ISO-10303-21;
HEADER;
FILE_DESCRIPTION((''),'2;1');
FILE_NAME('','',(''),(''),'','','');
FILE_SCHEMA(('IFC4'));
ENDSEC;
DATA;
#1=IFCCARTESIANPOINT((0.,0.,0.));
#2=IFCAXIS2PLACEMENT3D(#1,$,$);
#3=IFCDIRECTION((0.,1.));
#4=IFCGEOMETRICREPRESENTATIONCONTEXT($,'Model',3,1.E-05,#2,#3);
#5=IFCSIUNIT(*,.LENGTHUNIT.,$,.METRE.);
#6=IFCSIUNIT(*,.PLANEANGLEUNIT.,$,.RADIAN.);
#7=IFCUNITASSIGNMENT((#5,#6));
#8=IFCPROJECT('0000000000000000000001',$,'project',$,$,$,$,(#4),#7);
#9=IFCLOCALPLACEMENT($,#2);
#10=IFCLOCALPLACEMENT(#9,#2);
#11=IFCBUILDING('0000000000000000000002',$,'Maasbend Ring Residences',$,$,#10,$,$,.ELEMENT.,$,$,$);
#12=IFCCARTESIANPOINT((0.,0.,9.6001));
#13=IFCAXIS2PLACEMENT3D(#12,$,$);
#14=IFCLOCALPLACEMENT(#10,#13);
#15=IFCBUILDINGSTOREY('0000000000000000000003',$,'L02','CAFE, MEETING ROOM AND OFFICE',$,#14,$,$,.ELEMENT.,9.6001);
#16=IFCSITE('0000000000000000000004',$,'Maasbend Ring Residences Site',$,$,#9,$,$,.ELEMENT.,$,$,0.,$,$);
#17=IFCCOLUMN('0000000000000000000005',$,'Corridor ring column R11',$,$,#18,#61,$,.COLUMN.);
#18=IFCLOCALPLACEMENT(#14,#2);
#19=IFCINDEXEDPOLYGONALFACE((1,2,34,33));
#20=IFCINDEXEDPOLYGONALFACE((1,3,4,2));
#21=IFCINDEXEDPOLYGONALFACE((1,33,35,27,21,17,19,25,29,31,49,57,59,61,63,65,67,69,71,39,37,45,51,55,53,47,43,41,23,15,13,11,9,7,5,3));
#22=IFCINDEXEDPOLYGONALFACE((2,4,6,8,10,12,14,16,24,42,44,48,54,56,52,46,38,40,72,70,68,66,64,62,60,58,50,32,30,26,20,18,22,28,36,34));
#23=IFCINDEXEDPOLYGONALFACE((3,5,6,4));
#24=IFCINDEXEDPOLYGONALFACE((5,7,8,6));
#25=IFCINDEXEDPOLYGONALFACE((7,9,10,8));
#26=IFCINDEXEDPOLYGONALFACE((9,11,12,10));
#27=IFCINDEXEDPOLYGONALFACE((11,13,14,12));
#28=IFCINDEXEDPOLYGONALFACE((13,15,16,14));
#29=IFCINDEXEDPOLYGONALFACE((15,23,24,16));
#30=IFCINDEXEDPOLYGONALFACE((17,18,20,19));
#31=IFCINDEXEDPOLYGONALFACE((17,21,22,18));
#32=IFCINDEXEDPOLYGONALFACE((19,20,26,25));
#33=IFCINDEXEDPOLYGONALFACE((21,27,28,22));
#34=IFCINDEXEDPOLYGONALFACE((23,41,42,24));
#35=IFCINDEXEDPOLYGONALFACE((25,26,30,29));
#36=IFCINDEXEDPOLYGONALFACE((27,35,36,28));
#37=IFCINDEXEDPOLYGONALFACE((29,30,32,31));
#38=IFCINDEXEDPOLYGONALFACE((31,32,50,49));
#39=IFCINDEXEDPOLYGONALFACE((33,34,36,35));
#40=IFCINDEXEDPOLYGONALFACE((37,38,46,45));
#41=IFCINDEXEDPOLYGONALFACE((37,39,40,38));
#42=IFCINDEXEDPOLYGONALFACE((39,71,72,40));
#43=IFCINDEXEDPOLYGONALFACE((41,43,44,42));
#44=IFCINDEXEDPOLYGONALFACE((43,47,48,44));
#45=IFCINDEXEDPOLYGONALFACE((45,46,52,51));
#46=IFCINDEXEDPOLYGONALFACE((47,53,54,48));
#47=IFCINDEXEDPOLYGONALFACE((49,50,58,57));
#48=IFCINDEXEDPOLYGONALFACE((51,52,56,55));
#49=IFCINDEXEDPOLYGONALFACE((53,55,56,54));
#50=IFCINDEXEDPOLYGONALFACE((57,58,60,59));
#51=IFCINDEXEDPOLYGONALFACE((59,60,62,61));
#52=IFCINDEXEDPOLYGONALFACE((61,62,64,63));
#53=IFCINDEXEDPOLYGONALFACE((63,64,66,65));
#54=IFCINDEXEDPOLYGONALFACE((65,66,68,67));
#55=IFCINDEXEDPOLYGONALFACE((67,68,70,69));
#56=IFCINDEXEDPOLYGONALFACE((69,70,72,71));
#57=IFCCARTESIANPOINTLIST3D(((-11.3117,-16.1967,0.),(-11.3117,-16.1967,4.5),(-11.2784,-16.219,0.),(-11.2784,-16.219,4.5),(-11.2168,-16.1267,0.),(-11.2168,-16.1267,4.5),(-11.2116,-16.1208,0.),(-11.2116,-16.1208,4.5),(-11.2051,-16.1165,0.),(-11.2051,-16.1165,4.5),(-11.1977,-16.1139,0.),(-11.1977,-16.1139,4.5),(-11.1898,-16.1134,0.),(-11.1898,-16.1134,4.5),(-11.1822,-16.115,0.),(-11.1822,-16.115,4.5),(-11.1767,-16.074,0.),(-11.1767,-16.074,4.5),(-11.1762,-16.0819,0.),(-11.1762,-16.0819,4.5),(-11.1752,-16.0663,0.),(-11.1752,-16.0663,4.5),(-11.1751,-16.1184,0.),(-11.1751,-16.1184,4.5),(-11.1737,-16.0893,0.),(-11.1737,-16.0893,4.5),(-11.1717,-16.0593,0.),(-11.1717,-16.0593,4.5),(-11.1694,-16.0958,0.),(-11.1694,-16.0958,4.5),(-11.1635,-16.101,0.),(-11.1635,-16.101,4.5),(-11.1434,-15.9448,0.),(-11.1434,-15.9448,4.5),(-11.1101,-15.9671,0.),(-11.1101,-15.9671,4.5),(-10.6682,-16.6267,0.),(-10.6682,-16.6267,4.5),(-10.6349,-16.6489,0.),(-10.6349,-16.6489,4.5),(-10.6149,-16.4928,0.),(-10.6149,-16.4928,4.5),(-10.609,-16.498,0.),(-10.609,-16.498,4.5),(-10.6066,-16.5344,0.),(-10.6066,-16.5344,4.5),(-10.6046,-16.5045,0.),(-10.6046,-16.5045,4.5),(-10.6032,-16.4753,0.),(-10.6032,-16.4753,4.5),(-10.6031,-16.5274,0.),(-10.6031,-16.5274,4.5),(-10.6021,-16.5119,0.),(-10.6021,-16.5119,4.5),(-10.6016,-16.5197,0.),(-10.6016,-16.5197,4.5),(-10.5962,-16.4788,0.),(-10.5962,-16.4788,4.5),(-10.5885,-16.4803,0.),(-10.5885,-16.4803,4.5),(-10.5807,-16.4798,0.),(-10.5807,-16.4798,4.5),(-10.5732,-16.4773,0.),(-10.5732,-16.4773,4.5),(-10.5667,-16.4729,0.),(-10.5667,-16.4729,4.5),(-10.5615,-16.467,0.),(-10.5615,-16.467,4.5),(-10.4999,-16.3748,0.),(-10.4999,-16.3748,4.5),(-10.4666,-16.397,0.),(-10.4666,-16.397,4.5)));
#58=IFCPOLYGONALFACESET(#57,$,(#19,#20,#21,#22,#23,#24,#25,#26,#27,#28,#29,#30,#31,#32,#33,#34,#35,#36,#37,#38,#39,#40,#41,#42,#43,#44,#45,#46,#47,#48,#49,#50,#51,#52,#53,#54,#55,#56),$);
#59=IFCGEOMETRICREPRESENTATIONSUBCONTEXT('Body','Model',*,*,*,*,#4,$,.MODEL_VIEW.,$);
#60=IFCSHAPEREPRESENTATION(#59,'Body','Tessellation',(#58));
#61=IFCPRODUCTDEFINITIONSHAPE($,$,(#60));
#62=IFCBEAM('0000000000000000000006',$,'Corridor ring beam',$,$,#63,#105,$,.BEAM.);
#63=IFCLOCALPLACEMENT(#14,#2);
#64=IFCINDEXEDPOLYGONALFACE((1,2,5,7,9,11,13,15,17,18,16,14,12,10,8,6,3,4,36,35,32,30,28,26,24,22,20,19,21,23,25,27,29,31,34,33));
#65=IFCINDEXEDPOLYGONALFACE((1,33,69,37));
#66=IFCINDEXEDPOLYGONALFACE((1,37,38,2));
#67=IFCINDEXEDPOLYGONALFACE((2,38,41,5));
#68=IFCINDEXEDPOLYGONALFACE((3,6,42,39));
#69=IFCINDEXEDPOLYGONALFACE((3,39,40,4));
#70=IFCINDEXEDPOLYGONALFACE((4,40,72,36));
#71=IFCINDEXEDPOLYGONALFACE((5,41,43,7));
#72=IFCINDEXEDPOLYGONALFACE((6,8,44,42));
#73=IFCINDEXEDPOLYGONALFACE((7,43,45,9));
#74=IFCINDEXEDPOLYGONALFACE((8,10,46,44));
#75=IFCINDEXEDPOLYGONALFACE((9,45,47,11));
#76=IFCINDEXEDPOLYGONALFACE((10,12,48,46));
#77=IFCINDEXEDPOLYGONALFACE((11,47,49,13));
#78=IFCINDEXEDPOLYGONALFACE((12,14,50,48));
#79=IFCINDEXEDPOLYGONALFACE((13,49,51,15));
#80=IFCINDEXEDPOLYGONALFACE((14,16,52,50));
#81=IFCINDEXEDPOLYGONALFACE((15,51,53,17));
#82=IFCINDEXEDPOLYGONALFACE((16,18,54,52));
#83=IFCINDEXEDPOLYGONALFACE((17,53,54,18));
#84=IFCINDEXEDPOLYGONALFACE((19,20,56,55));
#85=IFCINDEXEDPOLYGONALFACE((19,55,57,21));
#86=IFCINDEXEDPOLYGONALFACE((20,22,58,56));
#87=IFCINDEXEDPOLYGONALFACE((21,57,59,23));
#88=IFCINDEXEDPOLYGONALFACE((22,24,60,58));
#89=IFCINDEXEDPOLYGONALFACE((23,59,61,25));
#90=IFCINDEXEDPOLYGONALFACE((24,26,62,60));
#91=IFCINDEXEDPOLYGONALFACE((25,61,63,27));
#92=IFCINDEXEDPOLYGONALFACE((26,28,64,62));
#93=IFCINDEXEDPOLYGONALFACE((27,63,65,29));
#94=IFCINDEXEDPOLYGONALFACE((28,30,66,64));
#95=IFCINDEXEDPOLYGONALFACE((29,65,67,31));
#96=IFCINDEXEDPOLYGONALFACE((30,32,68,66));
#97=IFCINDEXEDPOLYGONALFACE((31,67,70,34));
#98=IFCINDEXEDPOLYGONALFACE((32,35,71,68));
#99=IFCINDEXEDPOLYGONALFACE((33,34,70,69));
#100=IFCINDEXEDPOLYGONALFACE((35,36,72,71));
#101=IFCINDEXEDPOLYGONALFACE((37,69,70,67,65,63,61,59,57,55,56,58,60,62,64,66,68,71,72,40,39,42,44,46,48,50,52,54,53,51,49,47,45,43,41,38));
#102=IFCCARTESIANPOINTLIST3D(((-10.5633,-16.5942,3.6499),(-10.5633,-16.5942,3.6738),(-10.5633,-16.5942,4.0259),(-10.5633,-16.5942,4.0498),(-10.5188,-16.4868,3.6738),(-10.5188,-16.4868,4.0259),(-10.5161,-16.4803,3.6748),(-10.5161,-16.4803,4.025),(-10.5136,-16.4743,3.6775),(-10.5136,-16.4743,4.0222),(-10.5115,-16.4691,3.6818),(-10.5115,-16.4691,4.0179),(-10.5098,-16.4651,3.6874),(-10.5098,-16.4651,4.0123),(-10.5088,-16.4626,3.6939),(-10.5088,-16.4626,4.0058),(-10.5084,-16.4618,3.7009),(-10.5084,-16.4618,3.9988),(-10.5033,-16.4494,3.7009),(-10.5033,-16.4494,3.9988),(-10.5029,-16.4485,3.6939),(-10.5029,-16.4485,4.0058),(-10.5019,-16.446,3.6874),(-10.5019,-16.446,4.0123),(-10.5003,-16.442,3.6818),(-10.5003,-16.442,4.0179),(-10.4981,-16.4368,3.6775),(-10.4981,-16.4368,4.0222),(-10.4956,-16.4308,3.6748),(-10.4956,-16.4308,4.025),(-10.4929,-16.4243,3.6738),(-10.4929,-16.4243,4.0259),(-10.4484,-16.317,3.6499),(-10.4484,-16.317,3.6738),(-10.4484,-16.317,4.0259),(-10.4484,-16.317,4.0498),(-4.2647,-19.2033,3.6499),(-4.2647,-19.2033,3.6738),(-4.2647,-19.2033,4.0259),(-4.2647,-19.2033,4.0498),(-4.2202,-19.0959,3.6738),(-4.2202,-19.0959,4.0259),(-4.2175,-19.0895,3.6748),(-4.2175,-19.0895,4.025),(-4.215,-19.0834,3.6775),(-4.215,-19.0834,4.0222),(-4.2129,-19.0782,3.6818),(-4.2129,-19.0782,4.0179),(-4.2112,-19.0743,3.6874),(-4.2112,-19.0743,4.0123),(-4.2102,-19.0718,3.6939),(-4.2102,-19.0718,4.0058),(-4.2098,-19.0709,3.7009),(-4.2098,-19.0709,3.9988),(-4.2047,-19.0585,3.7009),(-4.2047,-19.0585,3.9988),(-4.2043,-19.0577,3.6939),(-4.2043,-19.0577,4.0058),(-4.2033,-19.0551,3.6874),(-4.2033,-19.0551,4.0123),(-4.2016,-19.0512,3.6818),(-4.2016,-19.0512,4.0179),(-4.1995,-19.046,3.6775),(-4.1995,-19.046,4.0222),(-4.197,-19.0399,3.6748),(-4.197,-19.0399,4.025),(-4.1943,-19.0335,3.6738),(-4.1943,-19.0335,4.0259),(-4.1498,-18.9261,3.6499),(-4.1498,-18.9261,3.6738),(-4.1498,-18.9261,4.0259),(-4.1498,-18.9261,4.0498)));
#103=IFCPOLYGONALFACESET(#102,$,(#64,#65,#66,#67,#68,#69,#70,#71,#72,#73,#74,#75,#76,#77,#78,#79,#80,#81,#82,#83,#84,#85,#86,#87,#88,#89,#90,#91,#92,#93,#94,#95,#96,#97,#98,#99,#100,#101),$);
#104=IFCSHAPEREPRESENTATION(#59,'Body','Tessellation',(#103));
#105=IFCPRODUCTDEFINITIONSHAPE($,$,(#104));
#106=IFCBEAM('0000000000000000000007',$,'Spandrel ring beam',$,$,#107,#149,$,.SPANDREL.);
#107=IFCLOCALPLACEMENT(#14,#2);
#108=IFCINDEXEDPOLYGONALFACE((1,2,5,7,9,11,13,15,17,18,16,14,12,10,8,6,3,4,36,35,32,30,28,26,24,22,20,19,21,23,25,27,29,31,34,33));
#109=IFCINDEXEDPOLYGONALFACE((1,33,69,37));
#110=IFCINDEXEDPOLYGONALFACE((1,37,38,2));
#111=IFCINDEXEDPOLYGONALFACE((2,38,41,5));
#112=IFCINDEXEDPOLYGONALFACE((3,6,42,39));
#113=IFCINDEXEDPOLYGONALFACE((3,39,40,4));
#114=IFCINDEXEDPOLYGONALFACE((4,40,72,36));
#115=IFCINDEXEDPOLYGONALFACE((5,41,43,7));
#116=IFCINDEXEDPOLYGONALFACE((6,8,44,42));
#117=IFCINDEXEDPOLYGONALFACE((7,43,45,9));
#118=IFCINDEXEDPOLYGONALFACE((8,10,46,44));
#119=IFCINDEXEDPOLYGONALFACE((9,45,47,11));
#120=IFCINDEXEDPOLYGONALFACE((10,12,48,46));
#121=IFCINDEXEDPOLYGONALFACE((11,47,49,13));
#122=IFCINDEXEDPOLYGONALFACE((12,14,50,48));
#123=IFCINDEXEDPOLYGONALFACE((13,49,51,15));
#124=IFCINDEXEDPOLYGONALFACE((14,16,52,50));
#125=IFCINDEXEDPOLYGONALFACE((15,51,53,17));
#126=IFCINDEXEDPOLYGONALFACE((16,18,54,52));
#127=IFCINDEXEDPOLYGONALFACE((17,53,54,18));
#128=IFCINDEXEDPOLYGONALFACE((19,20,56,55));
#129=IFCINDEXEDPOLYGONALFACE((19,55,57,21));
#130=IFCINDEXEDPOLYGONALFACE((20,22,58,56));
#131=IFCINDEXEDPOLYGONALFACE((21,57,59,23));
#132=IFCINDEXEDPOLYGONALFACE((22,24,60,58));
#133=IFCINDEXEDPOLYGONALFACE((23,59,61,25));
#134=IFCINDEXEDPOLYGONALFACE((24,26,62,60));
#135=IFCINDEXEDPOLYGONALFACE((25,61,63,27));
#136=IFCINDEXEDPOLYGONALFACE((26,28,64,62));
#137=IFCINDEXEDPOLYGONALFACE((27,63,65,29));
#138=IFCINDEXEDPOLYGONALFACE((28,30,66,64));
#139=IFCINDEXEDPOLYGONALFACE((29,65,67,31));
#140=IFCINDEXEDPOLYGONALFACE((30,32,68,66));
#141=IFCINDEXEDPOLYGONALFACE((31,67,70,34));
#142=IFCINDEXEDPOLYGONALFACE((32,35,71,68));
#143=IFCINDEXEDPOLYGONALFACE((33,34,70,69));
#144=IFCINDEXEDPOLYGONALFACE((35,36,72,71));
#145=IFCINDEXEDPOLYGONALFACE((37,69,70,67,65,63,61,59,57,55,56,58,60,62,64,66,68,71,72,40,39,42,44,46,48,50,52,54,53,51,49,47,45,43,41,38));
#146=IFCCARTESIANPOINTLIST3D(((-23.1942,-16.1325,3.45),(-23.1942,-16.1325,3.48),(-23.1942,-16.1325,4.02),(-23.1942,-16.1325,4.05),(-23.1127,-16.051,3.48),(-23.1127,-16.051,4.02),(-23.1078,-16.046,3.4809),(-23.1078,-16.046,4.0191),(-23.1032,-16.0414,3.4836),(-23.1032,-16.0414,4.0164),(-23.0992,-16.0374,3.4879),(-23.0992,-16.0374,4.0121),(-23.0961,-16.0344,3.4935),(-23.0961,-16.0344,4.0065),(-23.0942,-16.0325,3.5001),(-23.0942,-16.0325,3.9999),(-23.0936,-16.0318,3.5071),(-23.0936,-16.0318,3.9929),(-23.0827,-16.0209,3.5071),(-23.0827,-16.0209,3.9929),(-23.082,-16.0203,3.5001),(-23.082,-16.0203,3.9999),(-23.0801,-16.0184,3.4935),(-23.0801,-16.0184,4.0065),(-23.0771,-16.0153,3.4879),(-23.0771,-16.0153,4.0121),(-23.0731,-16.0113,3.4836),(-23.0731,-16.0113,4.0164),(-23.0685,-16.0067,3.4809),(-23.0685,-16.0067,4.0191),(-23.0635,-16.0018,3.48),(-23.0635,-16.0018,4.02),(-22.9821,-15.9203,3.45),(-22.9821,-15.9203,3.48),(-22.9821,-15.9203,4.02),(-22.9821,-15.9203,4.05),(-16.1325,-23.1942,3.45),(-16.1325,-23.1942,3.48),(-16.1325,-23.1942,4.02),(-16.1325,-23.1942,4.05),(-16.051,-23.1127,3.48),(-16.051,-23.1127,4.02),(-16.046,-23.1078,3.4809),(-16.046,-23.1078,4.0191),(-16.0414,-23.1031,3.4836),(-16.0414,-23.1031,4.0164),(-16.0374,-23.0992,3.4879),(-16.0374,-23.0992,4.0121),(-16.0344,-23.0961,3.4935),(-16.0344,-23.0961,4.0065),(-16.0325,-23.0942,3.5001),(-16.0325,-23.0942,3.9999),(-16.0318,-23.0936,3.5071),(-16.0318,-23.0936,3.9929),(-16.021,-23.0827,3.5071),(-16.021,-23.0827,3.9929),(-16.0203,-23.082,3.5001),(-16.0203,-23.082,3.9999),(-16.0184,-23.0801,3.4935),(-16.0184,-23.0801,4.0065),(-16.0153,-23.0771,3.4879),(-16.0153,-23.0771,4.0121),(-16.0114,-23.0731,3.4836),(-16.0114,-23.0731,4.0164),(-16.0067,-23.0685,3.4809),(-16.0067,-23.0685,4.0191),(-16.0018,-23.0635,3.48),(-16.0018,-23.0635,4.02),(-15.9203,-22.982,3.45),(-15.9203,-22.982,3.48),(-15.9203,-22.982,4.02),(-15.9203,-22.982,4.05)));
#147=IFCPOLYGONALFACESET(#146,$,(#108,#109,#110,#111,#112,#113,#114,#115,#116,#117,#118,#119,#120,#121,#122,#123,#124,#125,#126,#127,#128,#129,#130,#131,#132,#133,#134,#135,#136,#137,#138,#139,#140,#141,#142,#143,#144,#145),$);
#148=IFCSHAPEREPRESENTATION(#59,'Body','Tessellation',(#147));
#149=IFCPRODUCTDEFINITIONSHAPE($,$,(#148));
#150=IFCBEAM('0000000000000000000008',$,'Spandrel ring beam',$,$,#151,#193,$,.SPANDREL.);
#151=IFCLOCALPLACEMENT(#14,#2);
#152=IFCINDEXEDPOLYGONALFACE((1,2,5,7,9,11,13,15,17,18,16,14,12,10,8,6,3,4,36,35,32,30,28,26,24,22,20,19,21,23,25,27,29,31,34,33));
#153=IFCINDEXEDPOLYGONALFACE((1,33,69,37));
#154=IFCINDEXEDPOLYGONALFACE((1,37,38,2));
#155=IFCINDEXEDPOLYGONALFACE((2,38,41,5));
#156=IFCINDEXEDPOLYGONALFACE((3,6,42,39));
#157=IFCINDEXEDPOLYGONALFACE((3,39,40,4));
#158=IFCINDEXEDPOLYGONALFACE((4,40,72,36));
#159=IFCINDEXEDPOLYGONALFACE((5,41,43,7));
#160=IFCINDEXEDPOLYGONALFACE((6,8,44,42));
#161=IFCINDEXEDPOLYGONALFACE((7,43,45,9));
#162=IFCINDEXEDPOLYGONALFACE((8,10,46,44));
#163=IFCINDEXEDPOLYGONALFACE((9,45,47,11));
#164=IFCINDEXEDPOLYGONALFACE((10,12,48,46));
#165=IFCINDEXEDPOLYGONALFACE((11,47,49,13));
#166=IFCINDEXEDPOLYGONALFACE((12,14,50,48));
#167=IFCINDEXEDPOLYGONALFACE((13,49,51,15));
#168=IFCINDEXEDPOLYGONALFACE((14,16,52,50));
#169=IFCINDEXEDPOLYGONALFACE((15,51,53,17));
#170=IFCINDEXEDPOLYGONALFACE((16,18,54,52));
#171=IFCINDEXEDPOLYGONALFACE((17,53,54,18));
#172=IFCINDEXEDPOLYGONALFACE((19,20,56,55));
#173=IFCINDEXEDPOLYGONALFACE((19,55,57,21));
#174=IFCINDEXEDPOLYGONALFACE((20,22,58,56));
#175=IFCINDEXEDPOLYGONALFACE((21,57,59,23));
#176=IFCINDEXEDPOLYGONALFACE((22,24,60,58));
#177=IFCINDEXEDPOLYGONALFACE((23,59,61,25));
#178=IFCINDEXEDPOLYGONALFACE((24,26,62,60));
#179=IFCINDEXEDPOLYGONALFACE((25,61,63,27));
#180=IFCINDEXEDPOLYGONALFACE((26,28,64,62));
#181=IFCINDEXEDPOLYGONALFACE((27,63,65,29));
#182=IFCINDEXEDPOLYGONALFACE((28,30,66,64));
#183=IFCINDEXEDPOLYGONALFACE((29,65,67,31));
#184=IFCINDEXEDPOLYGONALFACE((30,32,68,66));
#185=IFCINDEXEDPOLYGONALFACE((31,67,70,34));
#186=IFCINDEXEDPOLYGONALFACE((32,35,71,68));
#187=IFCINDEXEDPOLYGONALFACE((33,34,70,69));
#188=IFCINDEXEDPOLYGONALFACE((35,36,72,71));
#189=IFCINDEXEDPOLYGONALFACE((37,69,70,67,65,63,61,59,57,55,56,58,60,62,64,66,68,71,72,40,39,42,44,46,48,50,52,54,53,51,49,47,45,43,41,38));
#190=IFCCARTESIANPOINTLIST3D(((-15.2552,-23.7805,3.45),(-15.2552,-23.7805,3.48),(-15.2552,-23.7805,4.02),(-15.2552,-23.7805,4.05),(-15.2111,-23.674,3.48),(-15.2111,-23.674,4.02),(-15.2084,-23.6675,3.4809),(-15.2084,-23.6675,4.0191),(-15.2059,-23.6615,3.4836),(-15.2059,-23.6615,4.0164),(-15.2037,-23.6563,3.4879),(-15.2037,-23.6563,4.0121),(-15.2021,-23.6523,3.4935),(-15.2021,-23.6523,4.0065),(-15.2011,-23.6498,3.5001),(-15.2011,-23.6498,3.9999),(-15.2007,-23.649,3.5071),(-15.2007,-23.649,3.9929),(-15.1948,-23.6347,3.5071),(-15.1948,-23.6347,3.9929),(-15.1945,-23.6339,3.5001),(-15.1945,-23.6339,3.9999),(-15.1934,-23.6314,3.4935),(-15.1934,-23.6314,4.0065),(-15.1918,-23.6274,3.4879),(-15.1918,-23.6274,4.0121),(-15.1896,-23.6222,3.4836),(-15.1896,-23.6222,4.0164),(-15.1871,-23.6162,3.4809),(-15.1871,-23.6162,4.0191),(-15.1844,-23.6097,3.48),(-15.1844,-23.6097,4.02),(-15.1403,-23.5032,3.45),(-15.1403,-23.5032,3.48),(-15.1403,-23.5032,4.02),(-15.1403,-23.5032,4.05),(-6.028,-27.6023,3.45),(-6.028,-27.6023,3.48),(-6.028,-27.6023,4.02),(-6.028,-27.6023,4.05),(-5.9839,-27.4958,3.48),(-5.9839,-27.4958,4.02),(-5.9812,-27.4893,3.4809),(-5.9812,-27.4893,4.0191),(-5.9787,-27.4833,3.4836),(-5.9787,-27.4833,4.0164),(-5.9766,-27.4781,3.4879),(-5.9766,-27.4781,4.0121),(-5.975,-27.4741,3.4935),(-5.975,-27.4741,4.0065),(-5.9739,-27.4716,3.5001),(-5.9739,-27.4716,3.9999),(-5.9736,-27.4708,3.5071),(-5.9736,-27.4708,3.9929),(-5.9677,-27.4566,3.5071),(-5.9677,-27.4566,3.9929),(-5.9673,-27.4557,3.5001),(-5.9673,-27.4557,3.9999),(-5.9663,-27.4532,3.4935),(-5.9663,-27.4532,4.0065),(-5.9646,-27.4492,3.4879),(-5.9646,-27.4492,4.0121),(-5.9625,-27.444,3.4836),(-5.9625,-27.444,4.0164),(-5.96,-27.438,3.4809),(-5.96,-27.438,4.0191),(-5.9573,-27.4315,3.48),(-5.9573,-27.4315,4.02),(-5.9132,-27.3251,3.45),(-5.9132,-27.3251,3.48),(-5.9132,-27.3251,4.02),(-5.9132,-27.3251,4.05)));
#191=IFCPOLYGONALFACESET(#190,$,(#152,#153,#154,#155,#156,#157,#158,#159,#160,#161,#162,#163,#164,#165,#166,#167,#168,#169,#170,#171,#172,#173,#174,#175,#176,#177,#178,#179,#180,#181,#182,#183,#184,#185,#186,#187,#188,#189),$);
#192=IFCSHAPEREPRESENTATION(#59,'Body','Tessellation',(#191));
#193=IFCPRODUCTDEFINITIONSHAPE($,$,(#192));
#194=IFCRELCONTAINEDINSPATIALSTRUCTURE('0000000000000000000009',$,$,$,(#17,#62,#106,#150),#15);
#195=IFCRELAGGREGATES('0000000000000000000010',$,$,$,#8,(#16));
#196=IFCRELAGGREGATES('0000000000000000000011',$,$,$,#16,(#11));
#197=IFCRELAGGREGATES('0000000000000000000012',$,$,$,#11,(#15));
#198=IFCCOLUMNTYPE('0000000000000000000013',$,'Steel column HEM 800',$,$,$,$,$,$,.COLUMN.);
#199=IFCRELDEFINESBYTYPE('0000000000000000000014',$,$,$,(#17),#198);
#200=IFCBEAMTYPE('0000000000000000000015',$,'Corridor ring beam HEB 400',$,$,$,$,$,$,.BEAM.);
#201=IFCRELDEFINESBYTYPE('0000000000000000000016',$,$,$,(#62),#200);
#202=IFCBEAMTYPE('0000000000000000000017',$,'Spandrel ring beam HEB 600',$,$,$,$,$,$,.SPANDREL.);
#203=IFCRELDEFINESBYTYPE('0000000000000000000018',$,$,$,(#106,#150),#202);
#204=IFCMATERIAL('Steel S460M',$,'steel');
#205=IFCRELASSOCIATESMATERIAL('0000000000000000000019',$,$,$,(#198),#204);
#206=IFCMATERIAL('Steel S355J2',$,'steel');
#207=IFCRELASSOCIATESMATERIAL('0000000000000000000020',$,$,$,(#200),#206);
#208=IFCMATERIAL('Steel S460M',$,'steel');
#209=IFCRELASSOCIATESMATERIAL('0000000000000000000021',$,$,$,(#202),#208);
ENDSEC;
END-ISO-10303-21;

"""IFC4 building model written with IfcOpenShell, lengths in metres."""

from ifc_helpers import new_model, si_unit, direction, frame, origin, origin_2d, place, context, subcontext, project, spatial, i_section, extrude, material, material_profile, profile_set, type_object, element, save


model = new_model("IFC4")

# Units and contexts
model_context = context("Model", 3, precision=1e-05, world=origin(), true_north=direction((0.0, 1.0)))
body_context = subcontext(model_context, "Body", "Model", "MODEL_VIEW")
ifc_project = project(units=[si_unit("LENGTHUNIT", "METRE"), si_unit("PLANEANGLEUNIT", "RADIAN")], contexts=[model_context])

# Site, building, storey
site_placement = place(None, origin())
site = spatial("IfcSite", under=ifc_project, at=site_placement, Name="Maasbend Ring Residences Site", CompositionType="ELEMENT", RefElevation=0.0)
building_placement = place(site_placement, origin())
building = spatial("IfcBuilding", under=site, at=building_placement, Name="Maasbend Ring Residences", CompositionType="ELEMENT")
storey_placement = place(building_placement, frame((0.0, 0.0, 9.6001)))
storey = spatial("IfcBuildingStorey", under=building, at=storey_placement, Name="L02", Description="CAFE, MEETING ROOM AND OFFICE", CompositionType="ELEMENT", Elevation=9.6001)

# Column
ifc_material_1 = material(Name="Steel S460M", Category="steel")
ifc_material_profile_1 = material_profile(ifc_material_1, i_section(OverallWidth=0.303, OverallDepth=0.814, WebThickness=0.021, FlangeThickness=0.04, FilletRadius=0.03, at=origin_2d()), Name="HEM 800")
ifc_profile_set_1 = profile_set([ifc_material_profile_1], Name="Steel S460M")
column_type_1 = type_object("IfcColumnType", Name="Steel column HEM 800", PredefinedType="COLUMN", material=ifc_profile_set_1)
column_placement = place(storey_placement, frame((-10.8892, -16.2969, 0.0), z_axis=(0.0, 0.0, 1.0), x_axis=(-0.55557, -0.83147, 0.0)))
element("IfcColumn", 1, at=column_placement, inside=storey, type_object=column_type_1, Name="Corridor ring column R11", PredefinedType="COLUMN", context=body_context, shape_type="SweptSolid", body=[
    extrude(i_section(OverallWidth=0.303, OverallDepth=0.814, WebThickness=0.021, FlangeThickness=0.04, FilletRadius=0.03, at=origin_2d()), origin(), (0.0, 0.0, 1.0), 4.5),
])

# Beams
ifc_material_2 = material(Name="Steel S355J2", Category="steel")
ifc_material_profile_2 = material_profile(ifc_material_2, i_section(OverallWidth=0.3, OverallDepth=0.3999, WebThickness=0.0134, FlangeThickness=0.0239, FilletRadius=0.0271, at=origin_2d()), Name="HEB 400")
ifc_profile_set_2 = profile_set([ifc_material_profile_2], Name="Steel S355J2")
beam_type_1 = type_object("IfcBeamType", Name="Corridor ring beam HEB 400", PredefinedType="BEAM", material=ifc_profile_set_2)
beam_1_placement = place(storey_placement, frame((-10.5059, -16.4556, 3.8499), z_axis=(0.923871, -0.382705, 0.0), x_axis=(0.382705, 0.923871, 0.0)))
element("IfcBeam", 2, at=beam_1_placement, inside=storey, type_object=beam_type_1, Name="Corridor ring beam", PredefinedType="BEAM", context=body_context, shape_type="SweptSolid", body=[
    extrude(i_section(OverallWidth=0.3, OverallDepth=0.3999, WebThickness=0.0134, FlangeThickness=0.0239, FilletRadius=0.0271, at=origin_2d()), origin(), (0.0, 0.0, 1.0), 6.8176),
])
ifc_material_3 = material(Name="Steel S460M", Category="steel")
ifc_material_profile_3 = material_profile(ifc_material_3, i_section(OverallWidth=0.3, OverallDepth=0.6001, WebThickness=0.0154, FlangeThickness=0.03, FilletRadius=0.0271, at=origin_2d()), Name="HEB 600")
ifc_profile_set_3 = profile_set([ifc_material_profile_3], Name="Steel S460M")
beam_type_2 = type_object("IfcBeamType", Name="Spandrel ring beam HEB 600", PredefinedType="SPANDREL", material=ifc_profile_set_3)
beam_2_placement = place(storey_placement, frame((-23.0881, -16.0264, 3.75), z_axis=(0.707107, -0.707107, 0.0), x_axis=(0.707107, 0.707107, 0.0)))
element("IfcBeam", 3, at=beam_2_placement, inside=storey, type_object=beam_type_2, Name="Spandrel ring beam", PredefinedType="SPANDREL", context=body_context, shape_type="SweptSolid", body=[
    extrude(i_section(OverallWidth=0.3, OverallDepth=0.6001, WebThickness=0.0154, FlangeThickness=0.03, FilletRadius=0.0271, at=origin_2d()), origin(), (0.0, 0.0, 1.0), 9.9868),
])
beam_3_placement = place(storey_placement, frame((-15.1978, -23.6418, 3.75), z_axis=(0.923886, -0.382667, 0.0), x_axis=(0.382667, 0.923886, 0.0)))
element("IfcBeam", 4, at=beam_3_placement, inside=storey, type_object=beam_type_2, Name="Spandrel ring beam", PredefinedType="SPANDREL", context=body_context, shape_type="SweptSolid", body=[
    extrude(i_section(OverallWidth=0.3, OverallDepth=0.6001, WebThickness=0.0154, FlangeThickness=0.03, FilletRadius=0.0271, at=origin_2d()), origin(), (0.0, 0.0, 1.0), 9.9873),
])

save(model, "model.ifc")
